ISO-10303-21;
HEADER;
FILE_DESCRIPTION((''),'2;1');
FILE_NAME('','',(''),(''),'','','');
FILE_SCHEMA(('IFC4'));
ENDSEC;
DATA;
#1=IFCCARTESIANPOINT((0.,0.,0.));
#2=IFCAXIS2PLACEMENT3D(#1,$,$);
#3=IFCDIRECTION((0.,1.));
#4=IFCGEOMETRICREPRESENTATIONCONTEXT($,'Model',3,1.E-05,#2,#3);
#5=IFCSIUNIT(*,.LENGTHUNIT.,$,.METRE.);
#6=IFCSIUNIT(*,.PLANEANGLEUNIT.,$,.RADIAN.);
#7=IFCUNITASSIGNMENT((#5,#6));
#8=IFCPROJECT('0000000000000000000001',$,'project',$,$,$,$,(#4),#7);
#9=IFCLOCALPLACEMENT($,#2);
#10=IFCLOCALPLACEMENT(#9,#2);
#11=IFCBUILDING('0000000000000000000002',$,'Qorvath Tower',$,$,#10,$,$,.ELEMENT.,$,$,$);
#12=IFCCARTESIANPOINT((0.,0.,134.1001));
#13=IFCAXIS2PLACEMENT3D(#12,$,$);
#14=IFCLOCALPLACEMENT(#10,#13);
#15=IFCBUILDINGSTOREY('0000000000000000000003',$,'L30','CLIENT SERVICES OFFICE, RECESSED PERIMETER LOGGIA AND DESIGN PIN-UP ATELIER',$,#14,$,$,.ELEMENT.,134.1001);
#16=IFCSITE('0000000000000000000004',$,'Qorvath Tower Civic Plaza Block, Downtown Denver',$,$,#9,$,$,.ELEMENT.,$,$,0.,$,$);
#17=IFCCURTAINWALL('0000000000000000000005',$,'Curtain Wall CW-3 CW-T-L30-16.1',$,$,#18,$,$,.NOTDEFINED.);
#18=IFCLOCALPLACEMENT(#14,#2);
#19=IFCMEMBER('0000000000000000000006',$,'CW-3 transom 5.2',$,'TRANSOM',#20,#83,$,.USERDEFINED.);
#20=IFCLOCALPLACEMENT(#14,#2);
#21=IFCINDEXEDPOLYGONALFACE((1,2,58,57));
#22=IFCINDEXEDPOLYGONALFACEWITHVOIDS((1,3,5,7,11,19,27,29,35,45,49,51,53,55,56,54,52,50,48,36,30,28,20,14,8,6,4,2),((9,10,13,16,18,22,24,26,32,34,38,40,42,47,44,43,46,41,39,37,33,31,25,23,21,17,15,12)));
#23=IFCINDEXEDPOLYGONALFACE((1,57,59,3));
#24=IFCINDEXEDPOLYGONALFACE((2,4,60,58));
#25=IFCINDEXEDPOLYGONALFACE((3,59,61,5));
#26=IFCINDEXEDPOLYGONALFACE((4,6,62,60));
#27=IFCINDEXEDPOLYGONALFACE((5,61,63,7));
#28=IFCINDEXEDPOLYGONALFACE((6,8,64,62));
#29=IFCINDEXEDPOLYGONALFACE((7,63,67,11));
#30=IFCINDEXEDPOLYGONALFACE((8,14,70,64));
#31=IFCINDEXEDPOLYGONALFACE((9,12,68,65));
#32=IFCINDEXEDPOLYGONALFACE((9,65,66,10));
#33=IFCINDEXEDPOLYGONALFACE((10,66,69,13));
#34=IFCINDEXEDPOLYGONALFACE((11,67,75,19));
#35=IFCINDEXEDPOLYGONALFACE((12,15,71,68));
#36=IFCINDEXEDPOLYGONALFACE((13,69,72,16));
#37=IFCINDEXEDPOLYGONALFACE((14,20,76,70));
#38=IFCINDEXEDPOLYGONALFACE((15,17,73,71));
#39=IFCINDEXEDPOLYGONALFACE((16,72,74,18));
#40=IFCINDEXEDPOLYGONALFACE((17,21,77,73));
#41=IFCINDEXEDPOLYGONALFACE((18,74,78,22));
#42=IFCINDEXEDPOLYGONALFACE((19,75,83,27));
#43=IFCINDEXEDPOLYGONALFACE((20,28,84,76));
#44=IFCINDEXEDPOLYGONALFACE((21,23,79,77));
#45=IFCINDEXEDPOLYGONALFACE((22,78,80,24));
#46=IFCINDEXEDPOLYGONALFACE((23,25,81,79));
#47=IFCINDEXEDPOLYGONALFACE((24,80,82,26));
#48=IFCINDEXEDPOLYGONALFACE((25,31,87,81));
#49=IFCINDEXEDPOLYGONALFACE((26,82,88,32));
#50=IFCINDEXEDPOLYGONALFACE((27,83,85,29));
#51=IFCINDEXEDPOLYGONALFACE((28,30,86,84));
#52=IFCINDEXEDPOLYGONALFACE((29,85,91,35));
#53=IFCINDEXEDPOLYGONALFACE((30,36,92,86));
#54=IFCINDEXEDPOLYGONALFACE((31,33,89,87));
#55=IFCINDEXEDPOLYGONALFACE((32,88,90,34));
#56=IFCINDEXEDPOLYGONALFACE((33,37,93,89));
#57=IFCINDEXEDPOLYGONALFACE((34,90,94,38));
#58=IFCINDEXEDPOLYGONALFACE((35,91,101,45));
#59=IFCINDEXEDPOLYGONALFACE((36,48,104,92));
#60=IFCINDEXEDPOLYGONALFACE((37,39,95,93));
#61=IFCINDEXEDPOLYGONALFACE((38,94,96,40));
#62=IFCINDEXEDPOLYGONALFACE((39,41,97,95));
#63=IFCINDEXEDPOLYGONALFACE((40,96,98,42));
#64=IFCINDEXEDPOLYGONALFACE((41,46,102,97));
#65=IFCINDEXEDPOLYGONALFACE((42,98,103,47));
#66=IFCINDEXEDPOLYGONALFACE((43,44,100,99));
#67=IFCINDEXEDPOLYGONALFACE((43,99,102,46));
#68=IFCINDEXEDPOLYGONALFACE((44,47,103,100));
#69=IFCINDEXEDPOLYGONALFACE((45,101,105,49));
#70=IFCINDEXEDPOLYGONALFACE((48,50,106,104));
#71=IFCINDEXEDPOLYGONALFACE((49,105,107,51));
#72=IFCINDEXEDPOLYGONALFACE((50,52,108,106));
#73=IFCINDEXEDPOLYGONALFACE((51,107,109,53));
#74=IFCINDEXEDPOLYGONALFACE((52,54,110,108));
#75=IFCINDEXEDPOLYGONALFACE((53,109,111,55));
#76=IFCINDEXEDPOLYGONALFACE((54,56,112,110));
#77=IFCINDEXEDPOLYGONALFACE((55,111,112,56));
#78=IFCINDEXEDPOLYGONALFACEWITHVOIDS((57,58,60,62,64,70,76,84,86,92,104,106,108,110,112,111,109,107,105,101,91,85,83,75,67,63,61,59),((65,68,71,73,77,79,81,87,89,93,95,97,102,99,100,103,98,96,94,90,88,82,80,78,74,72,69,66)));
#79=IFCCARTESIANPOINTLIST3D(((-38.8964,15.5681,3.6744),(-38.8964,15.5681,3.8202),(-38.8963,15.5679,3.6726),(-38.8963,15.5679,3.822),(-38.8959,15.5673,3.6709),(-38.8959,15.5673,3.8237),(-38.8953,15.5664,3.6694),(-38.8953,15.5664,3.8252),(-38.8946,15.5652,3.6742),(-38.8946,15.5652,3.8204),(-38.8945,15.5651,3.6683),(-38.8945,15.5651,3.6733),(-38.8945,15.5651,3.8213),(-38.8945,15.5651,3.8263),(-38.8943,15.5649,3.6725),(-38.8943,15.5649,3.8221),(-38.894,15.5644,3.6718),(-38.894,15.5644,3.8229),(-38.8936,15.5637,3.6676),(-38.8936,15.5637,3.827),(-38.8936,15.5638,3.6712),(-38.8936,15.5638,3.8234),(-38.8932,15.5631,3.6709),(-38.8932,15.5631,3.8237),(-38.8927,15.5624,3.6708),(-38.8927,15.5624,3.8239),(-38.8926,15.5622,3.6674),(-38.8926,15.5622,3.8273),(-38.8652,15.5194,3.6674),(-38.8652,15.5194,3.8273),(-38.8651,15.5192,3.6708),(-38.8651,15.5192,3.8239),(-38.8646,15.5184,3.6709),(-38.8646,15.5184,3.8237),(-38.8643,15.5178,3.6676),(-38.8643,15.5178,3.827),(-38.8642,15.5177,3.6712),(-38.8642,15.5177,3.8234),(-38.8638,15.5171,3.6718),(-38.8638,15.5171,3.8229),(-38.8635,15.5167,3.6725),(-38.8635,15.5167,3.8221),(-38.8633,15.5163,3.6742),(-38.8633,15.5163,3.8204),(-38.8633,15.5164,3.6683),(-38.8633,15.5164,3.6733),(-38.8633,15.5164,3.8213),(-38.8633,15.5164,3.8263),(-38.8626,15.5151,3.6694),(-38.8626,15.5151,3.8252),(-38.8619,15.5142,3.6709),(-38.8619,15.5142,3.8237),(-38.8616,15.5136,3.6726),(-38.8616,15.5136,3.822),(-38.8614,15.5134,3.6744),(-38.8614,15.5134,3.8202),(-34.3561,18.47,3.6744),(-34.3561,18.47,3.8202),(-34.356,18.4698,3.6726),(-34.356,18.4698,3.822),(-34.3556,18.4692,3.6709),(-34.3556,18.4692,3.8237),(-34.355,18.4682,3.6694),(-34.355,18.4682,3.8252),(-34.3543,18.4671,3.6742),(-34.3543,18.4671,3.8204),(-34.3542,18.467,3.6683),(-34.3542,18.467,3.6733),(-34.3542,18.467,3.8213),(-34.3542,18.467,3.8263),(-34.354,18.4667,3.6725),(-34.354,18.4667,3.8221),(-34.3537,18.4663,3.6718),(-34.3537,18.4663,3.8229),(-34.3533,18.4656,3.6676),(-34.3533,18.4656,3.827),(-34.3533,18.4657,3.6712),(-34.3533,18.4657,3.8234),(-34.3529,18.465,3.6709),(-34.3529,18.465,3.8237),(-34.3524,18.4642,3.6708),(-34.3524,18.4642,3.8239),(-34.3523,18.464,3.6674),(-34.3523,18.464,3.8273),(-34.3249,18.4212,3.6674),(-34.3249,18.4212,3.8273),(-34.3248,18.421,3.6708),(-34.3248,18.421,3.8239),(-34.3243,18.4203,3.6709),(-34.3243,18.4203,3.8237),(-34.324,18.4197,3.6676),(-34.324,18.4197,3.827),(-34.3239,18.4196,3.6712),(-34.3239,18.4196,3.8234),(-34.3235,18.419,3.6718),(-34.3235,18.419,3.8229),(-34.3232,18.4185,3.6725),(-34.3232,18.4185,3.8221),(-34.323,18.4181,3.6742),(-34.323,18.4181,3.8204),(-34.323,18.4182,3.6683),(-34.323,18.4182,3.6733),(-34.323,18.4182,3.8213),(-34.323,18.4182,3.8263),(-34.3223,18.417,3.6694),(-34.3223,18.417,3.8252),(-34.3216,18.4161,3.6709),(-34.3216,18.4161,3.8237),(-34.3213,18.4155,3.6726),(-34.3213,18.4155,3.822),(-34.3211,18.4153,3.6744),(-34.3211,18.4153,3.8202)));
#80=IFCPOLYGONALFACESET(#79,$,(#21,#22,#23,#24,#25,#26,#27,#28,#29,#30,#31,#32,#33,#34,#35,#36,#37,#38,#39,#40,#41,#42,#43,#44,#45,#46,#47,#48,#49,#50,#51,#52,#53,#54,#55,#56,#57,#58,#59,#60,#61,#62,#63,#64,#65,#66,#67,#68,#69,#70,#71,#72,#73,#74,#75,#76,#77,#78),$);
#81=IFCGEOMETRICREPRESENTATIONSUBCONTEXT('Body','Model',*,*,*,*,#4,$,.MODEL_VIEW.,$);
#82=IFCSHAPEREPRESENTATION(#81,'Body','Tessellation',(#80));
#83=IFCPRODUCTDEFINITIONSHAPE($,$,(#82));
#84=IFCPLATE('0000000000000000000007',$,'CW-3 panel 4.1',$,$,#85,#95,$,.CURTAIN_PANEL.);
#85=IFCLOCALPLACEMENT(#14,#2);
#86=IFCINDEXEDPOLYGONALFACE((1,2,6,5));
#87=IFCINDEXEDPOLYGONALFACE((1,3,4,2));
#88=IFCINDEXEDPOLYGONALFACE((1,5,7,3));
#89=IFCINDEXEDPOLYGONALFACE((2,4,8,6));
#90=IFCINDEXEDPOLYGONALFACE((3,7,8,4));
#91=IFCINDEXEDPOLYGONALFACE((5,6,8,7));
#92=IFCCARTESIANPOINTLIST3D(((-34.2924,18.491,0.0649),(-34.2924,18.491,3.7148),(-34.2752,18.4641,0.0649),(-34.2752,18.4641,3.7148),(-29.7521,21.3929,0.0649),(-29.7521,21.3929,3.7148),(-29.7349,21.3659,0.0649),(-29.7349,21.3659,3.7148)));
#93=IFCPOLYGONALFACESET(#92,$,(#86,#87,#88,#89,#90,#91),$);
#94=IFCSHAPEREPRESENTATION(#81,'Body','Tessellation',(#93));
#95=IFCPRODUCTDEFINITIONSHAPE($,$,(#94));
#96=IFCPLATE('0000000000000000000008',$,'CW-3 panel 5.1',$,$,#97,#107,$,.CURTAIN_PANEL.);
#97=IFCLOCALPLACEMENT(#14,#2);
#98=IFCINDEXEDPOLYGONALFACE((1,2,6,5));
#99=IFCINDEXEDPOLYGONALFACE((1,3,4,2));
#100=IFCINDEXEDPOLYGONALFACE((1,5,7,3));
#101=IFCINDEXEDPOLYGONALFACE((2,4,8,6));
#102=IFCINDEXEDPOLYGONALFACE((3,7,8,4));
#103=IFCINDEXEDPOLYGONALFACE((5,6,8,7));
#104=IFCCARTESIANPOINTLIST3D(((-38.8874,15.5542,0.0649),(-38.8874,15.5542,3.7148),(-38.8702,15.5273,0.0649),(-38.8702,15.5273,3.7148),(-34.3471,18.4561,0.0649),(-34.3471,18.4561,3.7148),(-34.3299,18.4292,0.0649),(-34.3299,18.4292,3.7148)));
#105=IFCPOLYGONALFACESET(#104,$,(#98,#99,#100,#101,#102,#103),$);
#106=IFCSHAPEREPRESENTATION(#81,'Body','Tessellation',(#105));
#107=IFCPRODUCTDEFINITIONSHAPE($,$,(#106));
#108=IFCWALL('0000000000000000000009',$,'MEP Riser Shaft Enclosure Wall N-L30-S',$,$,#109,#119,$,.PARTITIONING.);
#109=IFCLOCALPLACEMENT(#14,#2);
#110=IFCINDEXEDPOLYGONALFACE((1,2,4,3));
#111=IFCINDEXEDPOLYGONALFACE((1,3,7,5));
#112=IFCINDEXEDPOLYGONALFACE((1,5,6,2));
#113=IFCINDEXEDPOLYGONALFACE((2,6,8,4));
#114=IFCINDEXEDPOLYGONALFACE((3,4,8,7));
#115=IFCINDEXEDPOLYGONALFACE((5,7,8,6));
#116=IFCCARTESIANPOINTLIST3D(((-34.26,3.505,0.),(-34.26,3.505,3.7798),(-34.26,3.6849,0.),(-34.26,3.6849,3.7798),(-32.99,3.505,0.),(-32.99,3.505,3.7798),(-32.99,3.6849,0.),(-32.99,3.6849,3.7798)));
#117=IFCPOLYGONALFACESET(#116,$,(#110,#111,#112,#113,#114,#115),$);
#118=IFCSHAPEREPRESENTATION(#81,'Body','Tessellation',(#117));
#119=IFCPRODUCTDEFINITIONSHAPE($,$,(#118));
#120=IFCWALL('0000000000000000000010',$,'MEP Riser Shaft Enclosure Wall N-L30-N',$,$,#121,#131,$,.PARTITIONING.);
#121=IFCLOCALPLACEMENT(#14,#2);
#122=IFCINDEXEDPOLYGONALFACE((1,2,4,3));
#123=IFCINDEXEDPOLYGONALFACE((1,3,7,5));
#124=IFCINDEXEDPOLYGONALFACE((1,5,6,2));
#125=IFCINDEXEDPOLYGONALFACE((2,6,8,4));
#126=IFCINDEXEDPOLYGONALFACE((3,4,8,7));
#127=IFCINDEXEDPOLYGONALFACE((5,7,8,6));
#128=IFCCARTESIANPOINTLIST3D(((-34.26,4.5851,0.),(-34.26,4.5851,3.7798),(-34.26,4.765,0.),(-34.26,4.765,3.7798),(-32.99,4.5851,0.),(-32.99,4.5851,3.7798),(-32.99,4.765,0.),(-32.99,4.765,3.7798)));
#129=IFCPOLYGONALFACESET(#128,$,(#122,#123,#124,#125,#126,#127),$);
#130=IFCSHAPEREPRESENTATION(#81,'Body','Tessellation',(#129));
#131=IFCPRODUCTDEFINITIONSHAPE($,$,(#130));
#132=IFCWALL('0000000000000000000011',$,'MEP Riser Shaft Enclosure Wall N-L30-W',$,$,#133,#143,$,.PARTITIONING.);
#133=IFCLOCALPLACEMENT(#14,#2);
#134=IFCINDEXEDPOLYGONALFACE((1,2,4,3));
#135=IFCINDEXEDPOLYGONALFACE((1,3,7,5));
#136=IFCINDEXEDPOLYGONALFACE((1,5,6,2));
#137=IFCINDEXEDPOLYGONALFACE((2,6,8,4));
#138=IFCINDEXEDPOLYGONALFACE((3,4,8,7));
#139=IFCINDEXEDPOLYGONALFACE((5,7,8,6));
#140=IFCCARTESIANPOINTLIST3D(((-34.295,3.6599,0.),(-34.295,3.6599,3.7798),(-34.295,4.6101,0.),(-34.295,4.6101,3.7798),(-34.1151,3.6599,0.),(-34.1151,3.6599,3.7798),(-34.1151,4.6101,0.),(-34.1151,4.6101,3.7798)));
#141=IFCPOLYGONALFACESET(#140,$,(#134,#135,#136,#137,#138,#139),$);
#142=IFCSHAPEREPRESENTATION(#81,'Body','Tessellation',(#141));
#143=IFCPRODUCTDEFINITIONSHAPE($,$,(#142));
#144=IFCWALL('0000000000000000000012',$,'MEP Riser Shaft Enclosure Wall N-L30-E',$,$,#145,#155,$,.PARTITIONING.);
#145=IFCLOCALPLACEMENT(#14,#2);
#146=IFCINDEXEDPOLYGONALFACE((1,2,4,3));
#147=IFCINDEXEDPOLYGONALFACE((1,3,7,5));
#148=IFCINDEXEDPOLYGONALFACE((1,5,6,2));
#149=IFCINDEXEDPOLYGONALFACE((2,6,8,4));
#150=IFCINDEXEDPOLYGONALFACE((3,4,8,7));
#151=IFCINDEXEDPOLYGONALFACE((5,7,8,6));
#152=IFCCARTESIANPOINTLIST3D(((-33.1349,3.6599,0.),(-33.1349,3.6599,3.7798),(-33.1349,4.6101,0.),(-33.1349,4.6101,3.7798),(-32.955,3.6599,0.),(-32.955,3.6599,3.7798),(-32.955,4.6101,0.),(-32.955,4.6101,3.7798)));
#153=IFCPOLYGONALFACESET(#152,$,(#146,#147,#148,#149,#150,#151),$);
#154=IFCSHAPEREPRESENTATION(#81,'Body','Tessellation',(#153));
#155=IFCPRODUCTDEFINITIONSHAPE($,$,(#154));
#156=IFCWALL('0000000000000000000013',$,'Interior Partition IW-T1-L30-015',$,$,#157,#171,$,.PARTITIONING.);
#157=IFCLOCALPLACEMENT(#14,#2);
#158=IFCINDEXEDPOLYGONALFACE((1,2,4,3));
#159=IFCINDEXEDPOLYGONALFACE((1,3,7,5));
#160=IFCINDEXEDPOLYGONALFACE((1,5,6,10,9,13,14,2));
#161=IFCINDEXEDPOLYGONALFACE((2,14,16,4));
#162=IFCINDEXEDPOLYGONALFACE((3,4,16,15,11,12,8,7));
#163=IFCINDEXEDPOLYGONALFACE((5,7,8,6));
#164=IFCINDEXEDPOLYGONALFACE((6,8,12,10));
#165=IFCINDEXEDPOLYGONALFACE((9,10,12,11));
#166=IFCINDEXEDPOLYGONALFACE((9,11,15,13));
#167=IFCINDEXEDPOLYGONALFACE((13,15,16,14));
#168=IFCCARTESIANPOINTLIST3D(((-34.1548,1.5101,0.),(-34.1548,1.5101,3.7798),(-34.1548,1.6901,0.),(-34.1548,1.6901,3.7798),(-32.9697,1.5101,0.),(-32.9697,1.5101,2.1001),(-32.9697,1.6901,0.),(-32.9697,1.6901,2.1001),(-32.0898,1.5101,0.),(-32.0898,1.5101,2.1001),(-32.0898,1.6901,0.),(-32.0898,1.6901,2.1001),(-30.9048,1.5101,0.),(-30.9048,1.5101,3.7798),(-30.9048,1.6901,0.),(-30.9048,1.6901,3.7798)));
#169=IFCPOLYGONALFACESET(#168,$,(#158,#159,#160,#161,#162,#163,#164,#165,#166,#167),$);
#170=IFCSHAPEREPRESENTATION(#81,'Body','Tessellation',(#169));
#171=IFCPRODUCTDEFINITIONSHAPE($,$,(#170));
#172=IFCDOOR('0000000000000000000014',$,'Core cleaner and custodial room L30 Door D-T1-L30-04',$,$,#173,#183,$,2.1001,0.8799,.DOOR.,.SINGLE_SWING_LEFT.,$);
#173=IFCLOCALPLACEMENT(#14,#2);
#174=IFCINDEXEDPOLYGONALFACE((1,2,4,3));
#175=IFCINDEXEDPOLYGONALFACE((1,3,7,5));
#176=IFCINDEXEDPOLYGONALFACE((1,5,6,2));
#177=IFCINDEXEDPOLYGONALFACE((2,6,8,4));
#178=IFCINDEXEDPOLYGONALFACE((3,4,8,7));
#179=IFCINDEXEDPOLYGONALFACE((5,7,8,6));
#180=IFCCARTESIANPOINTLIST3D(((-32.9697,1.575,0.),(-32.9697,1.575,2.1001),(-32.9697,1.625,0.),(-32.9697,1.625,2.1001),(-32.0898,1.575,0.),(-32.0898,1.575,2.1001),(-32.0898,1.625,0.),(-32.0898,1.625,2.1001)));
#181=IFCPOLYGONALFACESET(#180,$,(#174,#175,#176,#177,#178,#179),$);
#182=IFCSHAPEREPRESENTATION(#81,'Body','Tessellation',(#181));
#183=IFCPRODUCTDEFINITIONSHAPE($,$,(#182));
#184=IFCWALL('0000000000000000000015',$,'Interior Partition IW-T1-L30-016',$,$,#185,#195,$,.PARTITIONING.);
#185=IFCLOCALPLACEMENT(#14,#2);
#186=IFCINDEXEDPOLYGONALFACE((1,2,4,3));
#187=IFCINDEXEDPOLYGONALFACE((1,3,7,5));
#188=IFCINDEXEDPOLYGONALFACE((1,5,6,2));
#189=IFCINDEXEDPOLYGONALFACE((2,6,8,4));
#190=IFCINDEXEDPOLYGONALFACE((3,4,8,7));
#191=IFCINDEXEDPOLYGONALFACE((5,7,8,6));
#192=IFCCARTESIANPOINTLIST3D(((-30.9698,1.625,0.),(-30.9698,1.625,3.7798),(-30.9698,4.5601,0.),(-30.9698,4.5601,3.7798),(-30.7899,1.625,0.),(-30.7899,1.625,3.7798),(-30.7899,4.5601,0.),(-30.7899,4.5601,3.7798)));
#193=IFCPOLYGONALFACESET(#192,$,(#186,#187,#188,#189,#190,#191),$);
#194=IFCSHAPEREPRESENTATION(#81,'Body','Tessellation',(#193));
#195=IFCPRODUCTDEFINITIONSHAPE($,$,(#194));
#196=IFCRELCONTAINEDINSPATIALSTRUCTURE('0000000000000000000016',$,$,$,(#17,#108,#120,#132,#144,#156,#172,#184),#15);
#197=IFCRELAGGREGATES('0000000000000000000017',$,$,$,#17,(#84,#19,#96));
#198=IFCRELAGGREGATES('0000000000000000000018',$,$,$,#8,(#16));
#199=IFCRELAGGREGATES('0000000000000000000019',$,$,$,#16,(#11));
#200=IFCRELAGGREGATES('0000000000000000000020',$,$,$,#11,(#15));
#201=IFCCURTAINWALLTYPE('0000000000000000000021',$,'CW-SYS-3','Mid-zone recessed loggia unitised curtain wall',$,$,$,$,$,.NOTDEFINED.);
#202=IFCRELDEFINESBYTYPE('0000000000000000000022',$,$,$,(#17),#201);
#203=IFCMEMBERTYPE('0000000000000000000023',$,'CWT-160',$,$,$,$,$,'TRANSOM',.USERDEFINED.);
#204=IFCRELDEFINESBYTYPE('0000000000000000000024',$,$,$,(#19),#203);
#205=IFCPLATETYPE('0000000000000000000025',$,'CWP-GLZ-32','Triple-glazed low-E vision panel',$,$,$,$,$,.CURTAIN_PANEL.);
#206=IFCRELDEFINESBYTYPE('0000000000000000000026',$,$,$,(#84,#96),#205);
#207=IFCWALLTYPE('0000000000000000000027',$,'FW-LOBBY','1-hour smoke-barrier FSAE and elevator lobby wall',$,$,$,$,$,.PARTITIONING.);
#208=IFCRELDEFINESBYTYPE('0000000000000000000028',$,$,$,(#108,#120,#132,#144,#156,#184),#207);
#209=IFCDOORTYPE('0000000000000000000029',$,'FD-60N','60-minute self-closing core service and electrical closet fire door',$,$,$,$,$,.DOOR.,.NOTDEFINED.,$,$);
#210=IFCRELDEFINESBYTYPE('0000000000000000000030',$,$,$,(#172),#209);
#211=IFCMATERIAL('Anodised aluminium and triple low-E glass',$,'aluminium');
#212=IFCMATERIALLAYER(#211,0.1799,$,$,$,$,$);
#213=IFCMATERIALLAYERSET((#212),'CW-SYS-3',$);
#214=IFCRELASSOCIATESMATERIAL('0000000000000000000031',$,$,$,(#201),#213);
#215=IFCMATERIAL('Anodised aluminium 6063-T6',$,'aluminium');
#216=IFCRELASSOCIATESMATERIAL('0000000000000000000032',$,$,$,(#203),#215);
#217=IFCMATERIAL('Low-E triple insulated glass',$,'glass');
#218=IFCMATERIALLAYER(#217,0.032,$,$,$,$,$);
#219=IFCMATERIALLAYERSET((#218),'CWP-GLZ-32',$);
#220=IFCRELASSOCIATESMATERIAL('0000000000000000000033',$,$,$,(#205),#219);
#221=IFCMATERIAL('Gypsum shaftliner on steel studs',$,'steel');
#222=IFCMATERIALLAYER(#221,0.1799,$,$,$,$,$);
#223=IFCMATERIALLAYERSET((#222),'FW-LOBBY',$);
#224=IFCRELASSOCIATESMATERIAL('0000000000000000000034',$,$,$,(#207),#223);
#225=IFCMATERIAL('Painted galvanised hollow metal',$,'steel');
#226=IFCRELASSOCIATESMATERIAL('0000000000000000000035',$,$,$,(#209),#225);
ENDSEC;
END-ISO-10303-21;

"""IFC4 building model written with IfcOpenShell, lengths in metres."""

from ifc_helpers import new_model, si_unit, direction, frame, frame_2d, origin, origin_2d, place, context, subcontext, project, spatial, rectangle, hollow_rectangle, extrude, material, layer, layer_set, material_profile, profile_set, type_object, element, fill, aggregate, save


model = new_model("IFC4")

# Units and contexts
model_context = context("Model", 3, precision=1e-05, world=origin(), true_north=direction((0.0, 1.0)))
body_context = subcontext(model_context, "Body", "Model", "MODEL_VIEW")
ifc_project = project(units=[si_unit("LENGTHUNIT", "METRE"), si_unit("PLANEANGLEUNIT", "RADIAN")], contexts=[model_context])

# Site, building, storey
site_placement = place(None, origin())
site = spatial("IfcSite", under=ifc_project, at=site_placement, Name="Qorvath Tower Civic Plaza Block, Downtown Denver", CompositionType="ELEMENT", RefElevation=0.0)
building_placement = place(site_placement, origin())
building = spatial("IfcBuilding", under=site, at=building_placement, Name="Qorvath Tower", CompositionType="ELEMENT")
storey_placement = place(building_placement, frame((0.0, 0.0, 134.1001)))
storey = spatial("IfcBuildingStorey", under=building, at=storey_placement, Name="L30", Description="CLIENT SERVICES OFFICE, RECESSED PERIMETER LOGGIA AND DESIGN PIN-UP ATELIER", CompositionType="ELEMENT", Elevation=134.1001)

# Curtain wall, member, plates
ifc_material_1 = material(Name="Anodised aluminium and triple low-E glass", Category="aluminium")
ifc_layer_1 = layer(ifc_material_1, 0.1799)
ifc_layer_set_1 = layer_set([ifc_layer_1], Name="CW-SYS-3")
curtain_wall_type = type_object("IfcCurtainWallType", Name="CW-SYS-3", Description="Mid-zone recessed loggia unitised curtain wall", PredefinedType="NOTDEFINED", material=ifc_layer_set_1)
curtain_wall_placement = place(storey_placement, origin())
curtain_wall = element("IfcCurtainWall", 1, at=curtain_wall_placement, inside=storey, type_object=curtain_wall_type, Name="Curtain Wall CW-3 CW-T-L30-16.1", PredefinedType="NOTDEFINED")
ifc_material_2 = material(Name="Anodised aluminium 6063-T6", Category="aluminium")
ifc_material_profile_1 = material_profile(ifc_material_2, hollow_rectangle(XDim=0.0649, YDim=0.1599, WallThickness=0.0034, InnerFilletRadius=0.0034, OuterFilletRadius=0.0071, at=origin_2d()), Name="CWT 160x65")
ifc_profile_set_1 = profile_set([ifc_material_profile_1], Name="Anodised aluminium 6063-T6")
member_type_1 = type_object("IfcMemberType", Name="CWT-160", ElementType="TRANSOM", PredefinedType="USERDEFINED", material=ifc_profile_set_1)
member_1_placement = place(storey_placement, frame((-34.3386, 18.4426, 3.7473), z_axis=(-0.842602, -0.538537, 0.0), x_axis=(0.538537, -0.842602, 0.0)))
member_1 = element("IfcMember", 2, at=member_1_placement, type_object=member_type_1, Name="CW-3 transom 5.2", ObjectType="TRANSOM", PredefinedType="USERDEFINED", context=body_context, shape_type="SweptSolid", body=[
    extrude(hollow_rectangle(XDim=0.0649, YDim=0.1599, WallThickness=0.0034, InnerFilletRadius=0.0034, OuterFilletRadius=0.0071, at=origin_2d()), origin(), (0.0, 0.0, 1.0), 5.3884),
])
ifc_material_3 = material(Name="Low-E triple insulated glass", Category="glass")
ifc_layer_2 = layer(ifc_material_3, 0.032)
ifc_layer_set_2 = layer_set([ifc_layer_2], Name="CWP-GLZ-32")
plate_type = type_object("IfcPlateType", Name="CWP-GLZ-32", Description="Triple-glazed low-E vision panel", PredefinedType="CURTAIN_PANEL", material=ifc_layer_set_2)
plate_1_placement = place(storey_placement, frame((-32.0137, 19.9285, 0.0649), z_axis=(0.0, 0.0, 1.0), x_axis=(-0.842604, -0.538534, 0.0)))
plate_1 = element("IfcPlate", 3, at=plate_1_placement, type_object=plate_type, Name="CW-3 panel 4.1", PredefinedType="CURTAIN_PANEL", context=body_context, shape_type="SweptSolid", body=[
    extrude(rectangle(XDim=5.3884, YDim=0.032, at=origin_2d()), origin(), (0.0, 0.0, 1.0), 3.6499),
])
plate_2_placement = place(storey_placement, frame((-36.6086, 16.9917, 0.0649), z_axis=(0.0, 0.0, 1.0), x_axis=(-0.842604, -0.538534, 0.0)))
plate_2 = element("IfcPlate", 4, at=plate_2_placement, type_object=plate_type, Name="CW-3 panel 5.1", PredefinedType="CURTAIN_PANEL", context=body_context, shape_type="SweptSolid", body=[
    extrude(rectangle(XDim=5.3884, YDim=0.032, at=origin_2d()), origin(), (0.0, 0.0, 1.0), 3.6499),
])
aggregate(curtain_wall, [plate_1, member_1, plate_2])

# Walls
ifc_material_4 = material(Name="Gypsum shaftliner on steel studs", Category="steel")
ifc_layer_3 = layer(ifc_material_4, 0.1799)
ifc_layer_set_3 = layer_set([ifc_layer_3], Name="FW-LOBBY")
wall_type_1 = type_object("IfcWallType", Name="FW-LOBBY", Description="1-hour smoke-barrier FSAE and elevator lobby wall", PredefinedType="PARTITIONING", material=ifc_layer_set_3)
for number, where, z_axis, x_axis, name in (
    (5, (-32.99, 3.595, 0.0), (0.0, 0.0, 1.0), (-1.0, 0.0, 0.0), "MEP Riser Shaft Enclosure Wall N-L30-S"),
    (6, (-34.26, 4.675, 0.0), (0.0, 0.0, 1.0), (1.0, 0.0, 0.0), "MEP Riser Shaft Enclosure Wall N-L30-N"),
):
    element("IfcWall", number, at=place(storey_placement, frame(where, z_axis=z_axis, x_axis=x_axis)), inside=storey, type_object=wall_type_1, Name=name, PredefinedType="PARTITIONING", context=body_context, shape_type="SweptSolid", body=[
        extrude(rectangle(XDim=1.27, YDim=0.1799, at=frame_2d((0.635, 0.0))), origin(), (0.0, 0.0, 1.0), 3.7798),
    ])
for number, where, z_axis, x_axis, name in (
    (7, (-34.2051, 3.6599, 0.0), (0.0, 0.0, 1.0), (0.0, 1.0, 0.0), "MEP Riser Shaft Enclosure Wall N-L30-W"),
    (8, (-33.0449, 4.6101, 0.0), (0.0, 0.0, 1.0), (0.0, -1.0, 0.0), "MEP Riser Shaft Enclosure Wall N-L30-E"),
):
    element("IfcWall", number, at=place(storey_placement, frame(where, z_axis=z_axis, x_axis=x_axis)), inside=storey, type_object=wall_type_1, Name=name, PredefinedType="PARTITIONING", context=body_context, shape_type="SweptSolid", body=[
        extrude(rectangle(XDim=0.9502, YDim=0.1799, at=frame_2d((0.4751, 0.0))), origin(), (0.0, 0.0, 1.0), 3.7798),
    ])

# Wall, opening, door
wall_1_placement = place(storey_placement, frame((-34.1548, 1.6001, 0.0), z_axis=(0.0, 0.0, 1.0), x_axis=(1.0, 0.0, 0.0)))
wall_1 = element("IfcWall", 9, at=wall_1_placement, inside=storey, type_object=wall_type_1, Name="Interior Partition IW-T1-L30-015", PredefinedType="PARTITIONING", context=body_context, shape_type="SweptSolid", body=[
    extrude(rectangle(XDim=3.25, YDim=0.1799, at=frame_2d((1.625, 0.0))), origin(), (0.0, 0.0, 1.0), 3.7798),
])
opening_1_placement = place(wall_1_placement, frame((1.1851, 0.0, 0.0)))
opening_1 = element("IfcOpeningElement", 10, at=opening_1_placement, cuts=wall_1, PredefinedType="OPENING", context=body_context, shape_type="SweptSolid", body=[
    extrude(rectangle(XDim=0.8799, YDim=2.1001, at=frame_2d((0.4399, 1.05))), frame((0.0, 0.1001, 0.0), z_axis=(0.0, -1.0, 0.0), x_axis=(1.0, 0.0, 0.0)), (0.0, 0.0, 1.0), 0.2),
])
ifc_material_5 = material(Name="Painted galvanised hollow metal", Category="steel")
door_type_1 = type_object("IfcDoorType", Name="FD-60N", Description="60-minute self-closing core service and electrical closet fire door", OperationType="NOTDEFINED", PredefinedType="DOOR", material=ifc_material_5)
door_1_placement = place(opening_1_placement, origin())
door_1 = element("IfcDoor", 11, at=door_1_placement, inside=storey, type_object=door_type_1, Name="Core cleaner and custodial room L30 Door D-T1-L30-04", OperationType="SINGLE_SWING_LEFT", OverallHeight=2.1001, OverallWidth=0.8799, PredefinedType="DOOR", context=body_context, shape_type="SweptSolid", body=[
    extrude(rectangle(XDim=0.8799, YDim=2.1001, at=frame_2d((0.4399, 1.05))), frame((0.0, 0.0249, 0.0), z_axis=(0.0, -1.0, 0.0), x_axis=(1.0, 0.0, 0.0)), (0.0, 0.0, 1.0), 0.05),
])
fill(opening_1, door_1)

# Wall
wall_2_placement = place(storey_placement, frame((-30.8799, 1.625, 0.0), z_axis=(0.0, 0.0, 1.0), x_axis=(0.0, 1.0, 0.0)))
element("IfcWall", 12, at=wall_2_placement, inside=storey, type_object=wall_type_1, Name="Interior Partition IW-T1-L30-016", PredefinedType="PARTITIONING", context=body_context, shape_type="SweptSolid", body=[
    extrude(rectangle(XDim=2.9351, YDim=0.1799, at=frame_2d((1.4675, 0.0))), origin(), (0.0, 0.0, 1.0), 3.7798),
])

save(model, "model.ifc")
